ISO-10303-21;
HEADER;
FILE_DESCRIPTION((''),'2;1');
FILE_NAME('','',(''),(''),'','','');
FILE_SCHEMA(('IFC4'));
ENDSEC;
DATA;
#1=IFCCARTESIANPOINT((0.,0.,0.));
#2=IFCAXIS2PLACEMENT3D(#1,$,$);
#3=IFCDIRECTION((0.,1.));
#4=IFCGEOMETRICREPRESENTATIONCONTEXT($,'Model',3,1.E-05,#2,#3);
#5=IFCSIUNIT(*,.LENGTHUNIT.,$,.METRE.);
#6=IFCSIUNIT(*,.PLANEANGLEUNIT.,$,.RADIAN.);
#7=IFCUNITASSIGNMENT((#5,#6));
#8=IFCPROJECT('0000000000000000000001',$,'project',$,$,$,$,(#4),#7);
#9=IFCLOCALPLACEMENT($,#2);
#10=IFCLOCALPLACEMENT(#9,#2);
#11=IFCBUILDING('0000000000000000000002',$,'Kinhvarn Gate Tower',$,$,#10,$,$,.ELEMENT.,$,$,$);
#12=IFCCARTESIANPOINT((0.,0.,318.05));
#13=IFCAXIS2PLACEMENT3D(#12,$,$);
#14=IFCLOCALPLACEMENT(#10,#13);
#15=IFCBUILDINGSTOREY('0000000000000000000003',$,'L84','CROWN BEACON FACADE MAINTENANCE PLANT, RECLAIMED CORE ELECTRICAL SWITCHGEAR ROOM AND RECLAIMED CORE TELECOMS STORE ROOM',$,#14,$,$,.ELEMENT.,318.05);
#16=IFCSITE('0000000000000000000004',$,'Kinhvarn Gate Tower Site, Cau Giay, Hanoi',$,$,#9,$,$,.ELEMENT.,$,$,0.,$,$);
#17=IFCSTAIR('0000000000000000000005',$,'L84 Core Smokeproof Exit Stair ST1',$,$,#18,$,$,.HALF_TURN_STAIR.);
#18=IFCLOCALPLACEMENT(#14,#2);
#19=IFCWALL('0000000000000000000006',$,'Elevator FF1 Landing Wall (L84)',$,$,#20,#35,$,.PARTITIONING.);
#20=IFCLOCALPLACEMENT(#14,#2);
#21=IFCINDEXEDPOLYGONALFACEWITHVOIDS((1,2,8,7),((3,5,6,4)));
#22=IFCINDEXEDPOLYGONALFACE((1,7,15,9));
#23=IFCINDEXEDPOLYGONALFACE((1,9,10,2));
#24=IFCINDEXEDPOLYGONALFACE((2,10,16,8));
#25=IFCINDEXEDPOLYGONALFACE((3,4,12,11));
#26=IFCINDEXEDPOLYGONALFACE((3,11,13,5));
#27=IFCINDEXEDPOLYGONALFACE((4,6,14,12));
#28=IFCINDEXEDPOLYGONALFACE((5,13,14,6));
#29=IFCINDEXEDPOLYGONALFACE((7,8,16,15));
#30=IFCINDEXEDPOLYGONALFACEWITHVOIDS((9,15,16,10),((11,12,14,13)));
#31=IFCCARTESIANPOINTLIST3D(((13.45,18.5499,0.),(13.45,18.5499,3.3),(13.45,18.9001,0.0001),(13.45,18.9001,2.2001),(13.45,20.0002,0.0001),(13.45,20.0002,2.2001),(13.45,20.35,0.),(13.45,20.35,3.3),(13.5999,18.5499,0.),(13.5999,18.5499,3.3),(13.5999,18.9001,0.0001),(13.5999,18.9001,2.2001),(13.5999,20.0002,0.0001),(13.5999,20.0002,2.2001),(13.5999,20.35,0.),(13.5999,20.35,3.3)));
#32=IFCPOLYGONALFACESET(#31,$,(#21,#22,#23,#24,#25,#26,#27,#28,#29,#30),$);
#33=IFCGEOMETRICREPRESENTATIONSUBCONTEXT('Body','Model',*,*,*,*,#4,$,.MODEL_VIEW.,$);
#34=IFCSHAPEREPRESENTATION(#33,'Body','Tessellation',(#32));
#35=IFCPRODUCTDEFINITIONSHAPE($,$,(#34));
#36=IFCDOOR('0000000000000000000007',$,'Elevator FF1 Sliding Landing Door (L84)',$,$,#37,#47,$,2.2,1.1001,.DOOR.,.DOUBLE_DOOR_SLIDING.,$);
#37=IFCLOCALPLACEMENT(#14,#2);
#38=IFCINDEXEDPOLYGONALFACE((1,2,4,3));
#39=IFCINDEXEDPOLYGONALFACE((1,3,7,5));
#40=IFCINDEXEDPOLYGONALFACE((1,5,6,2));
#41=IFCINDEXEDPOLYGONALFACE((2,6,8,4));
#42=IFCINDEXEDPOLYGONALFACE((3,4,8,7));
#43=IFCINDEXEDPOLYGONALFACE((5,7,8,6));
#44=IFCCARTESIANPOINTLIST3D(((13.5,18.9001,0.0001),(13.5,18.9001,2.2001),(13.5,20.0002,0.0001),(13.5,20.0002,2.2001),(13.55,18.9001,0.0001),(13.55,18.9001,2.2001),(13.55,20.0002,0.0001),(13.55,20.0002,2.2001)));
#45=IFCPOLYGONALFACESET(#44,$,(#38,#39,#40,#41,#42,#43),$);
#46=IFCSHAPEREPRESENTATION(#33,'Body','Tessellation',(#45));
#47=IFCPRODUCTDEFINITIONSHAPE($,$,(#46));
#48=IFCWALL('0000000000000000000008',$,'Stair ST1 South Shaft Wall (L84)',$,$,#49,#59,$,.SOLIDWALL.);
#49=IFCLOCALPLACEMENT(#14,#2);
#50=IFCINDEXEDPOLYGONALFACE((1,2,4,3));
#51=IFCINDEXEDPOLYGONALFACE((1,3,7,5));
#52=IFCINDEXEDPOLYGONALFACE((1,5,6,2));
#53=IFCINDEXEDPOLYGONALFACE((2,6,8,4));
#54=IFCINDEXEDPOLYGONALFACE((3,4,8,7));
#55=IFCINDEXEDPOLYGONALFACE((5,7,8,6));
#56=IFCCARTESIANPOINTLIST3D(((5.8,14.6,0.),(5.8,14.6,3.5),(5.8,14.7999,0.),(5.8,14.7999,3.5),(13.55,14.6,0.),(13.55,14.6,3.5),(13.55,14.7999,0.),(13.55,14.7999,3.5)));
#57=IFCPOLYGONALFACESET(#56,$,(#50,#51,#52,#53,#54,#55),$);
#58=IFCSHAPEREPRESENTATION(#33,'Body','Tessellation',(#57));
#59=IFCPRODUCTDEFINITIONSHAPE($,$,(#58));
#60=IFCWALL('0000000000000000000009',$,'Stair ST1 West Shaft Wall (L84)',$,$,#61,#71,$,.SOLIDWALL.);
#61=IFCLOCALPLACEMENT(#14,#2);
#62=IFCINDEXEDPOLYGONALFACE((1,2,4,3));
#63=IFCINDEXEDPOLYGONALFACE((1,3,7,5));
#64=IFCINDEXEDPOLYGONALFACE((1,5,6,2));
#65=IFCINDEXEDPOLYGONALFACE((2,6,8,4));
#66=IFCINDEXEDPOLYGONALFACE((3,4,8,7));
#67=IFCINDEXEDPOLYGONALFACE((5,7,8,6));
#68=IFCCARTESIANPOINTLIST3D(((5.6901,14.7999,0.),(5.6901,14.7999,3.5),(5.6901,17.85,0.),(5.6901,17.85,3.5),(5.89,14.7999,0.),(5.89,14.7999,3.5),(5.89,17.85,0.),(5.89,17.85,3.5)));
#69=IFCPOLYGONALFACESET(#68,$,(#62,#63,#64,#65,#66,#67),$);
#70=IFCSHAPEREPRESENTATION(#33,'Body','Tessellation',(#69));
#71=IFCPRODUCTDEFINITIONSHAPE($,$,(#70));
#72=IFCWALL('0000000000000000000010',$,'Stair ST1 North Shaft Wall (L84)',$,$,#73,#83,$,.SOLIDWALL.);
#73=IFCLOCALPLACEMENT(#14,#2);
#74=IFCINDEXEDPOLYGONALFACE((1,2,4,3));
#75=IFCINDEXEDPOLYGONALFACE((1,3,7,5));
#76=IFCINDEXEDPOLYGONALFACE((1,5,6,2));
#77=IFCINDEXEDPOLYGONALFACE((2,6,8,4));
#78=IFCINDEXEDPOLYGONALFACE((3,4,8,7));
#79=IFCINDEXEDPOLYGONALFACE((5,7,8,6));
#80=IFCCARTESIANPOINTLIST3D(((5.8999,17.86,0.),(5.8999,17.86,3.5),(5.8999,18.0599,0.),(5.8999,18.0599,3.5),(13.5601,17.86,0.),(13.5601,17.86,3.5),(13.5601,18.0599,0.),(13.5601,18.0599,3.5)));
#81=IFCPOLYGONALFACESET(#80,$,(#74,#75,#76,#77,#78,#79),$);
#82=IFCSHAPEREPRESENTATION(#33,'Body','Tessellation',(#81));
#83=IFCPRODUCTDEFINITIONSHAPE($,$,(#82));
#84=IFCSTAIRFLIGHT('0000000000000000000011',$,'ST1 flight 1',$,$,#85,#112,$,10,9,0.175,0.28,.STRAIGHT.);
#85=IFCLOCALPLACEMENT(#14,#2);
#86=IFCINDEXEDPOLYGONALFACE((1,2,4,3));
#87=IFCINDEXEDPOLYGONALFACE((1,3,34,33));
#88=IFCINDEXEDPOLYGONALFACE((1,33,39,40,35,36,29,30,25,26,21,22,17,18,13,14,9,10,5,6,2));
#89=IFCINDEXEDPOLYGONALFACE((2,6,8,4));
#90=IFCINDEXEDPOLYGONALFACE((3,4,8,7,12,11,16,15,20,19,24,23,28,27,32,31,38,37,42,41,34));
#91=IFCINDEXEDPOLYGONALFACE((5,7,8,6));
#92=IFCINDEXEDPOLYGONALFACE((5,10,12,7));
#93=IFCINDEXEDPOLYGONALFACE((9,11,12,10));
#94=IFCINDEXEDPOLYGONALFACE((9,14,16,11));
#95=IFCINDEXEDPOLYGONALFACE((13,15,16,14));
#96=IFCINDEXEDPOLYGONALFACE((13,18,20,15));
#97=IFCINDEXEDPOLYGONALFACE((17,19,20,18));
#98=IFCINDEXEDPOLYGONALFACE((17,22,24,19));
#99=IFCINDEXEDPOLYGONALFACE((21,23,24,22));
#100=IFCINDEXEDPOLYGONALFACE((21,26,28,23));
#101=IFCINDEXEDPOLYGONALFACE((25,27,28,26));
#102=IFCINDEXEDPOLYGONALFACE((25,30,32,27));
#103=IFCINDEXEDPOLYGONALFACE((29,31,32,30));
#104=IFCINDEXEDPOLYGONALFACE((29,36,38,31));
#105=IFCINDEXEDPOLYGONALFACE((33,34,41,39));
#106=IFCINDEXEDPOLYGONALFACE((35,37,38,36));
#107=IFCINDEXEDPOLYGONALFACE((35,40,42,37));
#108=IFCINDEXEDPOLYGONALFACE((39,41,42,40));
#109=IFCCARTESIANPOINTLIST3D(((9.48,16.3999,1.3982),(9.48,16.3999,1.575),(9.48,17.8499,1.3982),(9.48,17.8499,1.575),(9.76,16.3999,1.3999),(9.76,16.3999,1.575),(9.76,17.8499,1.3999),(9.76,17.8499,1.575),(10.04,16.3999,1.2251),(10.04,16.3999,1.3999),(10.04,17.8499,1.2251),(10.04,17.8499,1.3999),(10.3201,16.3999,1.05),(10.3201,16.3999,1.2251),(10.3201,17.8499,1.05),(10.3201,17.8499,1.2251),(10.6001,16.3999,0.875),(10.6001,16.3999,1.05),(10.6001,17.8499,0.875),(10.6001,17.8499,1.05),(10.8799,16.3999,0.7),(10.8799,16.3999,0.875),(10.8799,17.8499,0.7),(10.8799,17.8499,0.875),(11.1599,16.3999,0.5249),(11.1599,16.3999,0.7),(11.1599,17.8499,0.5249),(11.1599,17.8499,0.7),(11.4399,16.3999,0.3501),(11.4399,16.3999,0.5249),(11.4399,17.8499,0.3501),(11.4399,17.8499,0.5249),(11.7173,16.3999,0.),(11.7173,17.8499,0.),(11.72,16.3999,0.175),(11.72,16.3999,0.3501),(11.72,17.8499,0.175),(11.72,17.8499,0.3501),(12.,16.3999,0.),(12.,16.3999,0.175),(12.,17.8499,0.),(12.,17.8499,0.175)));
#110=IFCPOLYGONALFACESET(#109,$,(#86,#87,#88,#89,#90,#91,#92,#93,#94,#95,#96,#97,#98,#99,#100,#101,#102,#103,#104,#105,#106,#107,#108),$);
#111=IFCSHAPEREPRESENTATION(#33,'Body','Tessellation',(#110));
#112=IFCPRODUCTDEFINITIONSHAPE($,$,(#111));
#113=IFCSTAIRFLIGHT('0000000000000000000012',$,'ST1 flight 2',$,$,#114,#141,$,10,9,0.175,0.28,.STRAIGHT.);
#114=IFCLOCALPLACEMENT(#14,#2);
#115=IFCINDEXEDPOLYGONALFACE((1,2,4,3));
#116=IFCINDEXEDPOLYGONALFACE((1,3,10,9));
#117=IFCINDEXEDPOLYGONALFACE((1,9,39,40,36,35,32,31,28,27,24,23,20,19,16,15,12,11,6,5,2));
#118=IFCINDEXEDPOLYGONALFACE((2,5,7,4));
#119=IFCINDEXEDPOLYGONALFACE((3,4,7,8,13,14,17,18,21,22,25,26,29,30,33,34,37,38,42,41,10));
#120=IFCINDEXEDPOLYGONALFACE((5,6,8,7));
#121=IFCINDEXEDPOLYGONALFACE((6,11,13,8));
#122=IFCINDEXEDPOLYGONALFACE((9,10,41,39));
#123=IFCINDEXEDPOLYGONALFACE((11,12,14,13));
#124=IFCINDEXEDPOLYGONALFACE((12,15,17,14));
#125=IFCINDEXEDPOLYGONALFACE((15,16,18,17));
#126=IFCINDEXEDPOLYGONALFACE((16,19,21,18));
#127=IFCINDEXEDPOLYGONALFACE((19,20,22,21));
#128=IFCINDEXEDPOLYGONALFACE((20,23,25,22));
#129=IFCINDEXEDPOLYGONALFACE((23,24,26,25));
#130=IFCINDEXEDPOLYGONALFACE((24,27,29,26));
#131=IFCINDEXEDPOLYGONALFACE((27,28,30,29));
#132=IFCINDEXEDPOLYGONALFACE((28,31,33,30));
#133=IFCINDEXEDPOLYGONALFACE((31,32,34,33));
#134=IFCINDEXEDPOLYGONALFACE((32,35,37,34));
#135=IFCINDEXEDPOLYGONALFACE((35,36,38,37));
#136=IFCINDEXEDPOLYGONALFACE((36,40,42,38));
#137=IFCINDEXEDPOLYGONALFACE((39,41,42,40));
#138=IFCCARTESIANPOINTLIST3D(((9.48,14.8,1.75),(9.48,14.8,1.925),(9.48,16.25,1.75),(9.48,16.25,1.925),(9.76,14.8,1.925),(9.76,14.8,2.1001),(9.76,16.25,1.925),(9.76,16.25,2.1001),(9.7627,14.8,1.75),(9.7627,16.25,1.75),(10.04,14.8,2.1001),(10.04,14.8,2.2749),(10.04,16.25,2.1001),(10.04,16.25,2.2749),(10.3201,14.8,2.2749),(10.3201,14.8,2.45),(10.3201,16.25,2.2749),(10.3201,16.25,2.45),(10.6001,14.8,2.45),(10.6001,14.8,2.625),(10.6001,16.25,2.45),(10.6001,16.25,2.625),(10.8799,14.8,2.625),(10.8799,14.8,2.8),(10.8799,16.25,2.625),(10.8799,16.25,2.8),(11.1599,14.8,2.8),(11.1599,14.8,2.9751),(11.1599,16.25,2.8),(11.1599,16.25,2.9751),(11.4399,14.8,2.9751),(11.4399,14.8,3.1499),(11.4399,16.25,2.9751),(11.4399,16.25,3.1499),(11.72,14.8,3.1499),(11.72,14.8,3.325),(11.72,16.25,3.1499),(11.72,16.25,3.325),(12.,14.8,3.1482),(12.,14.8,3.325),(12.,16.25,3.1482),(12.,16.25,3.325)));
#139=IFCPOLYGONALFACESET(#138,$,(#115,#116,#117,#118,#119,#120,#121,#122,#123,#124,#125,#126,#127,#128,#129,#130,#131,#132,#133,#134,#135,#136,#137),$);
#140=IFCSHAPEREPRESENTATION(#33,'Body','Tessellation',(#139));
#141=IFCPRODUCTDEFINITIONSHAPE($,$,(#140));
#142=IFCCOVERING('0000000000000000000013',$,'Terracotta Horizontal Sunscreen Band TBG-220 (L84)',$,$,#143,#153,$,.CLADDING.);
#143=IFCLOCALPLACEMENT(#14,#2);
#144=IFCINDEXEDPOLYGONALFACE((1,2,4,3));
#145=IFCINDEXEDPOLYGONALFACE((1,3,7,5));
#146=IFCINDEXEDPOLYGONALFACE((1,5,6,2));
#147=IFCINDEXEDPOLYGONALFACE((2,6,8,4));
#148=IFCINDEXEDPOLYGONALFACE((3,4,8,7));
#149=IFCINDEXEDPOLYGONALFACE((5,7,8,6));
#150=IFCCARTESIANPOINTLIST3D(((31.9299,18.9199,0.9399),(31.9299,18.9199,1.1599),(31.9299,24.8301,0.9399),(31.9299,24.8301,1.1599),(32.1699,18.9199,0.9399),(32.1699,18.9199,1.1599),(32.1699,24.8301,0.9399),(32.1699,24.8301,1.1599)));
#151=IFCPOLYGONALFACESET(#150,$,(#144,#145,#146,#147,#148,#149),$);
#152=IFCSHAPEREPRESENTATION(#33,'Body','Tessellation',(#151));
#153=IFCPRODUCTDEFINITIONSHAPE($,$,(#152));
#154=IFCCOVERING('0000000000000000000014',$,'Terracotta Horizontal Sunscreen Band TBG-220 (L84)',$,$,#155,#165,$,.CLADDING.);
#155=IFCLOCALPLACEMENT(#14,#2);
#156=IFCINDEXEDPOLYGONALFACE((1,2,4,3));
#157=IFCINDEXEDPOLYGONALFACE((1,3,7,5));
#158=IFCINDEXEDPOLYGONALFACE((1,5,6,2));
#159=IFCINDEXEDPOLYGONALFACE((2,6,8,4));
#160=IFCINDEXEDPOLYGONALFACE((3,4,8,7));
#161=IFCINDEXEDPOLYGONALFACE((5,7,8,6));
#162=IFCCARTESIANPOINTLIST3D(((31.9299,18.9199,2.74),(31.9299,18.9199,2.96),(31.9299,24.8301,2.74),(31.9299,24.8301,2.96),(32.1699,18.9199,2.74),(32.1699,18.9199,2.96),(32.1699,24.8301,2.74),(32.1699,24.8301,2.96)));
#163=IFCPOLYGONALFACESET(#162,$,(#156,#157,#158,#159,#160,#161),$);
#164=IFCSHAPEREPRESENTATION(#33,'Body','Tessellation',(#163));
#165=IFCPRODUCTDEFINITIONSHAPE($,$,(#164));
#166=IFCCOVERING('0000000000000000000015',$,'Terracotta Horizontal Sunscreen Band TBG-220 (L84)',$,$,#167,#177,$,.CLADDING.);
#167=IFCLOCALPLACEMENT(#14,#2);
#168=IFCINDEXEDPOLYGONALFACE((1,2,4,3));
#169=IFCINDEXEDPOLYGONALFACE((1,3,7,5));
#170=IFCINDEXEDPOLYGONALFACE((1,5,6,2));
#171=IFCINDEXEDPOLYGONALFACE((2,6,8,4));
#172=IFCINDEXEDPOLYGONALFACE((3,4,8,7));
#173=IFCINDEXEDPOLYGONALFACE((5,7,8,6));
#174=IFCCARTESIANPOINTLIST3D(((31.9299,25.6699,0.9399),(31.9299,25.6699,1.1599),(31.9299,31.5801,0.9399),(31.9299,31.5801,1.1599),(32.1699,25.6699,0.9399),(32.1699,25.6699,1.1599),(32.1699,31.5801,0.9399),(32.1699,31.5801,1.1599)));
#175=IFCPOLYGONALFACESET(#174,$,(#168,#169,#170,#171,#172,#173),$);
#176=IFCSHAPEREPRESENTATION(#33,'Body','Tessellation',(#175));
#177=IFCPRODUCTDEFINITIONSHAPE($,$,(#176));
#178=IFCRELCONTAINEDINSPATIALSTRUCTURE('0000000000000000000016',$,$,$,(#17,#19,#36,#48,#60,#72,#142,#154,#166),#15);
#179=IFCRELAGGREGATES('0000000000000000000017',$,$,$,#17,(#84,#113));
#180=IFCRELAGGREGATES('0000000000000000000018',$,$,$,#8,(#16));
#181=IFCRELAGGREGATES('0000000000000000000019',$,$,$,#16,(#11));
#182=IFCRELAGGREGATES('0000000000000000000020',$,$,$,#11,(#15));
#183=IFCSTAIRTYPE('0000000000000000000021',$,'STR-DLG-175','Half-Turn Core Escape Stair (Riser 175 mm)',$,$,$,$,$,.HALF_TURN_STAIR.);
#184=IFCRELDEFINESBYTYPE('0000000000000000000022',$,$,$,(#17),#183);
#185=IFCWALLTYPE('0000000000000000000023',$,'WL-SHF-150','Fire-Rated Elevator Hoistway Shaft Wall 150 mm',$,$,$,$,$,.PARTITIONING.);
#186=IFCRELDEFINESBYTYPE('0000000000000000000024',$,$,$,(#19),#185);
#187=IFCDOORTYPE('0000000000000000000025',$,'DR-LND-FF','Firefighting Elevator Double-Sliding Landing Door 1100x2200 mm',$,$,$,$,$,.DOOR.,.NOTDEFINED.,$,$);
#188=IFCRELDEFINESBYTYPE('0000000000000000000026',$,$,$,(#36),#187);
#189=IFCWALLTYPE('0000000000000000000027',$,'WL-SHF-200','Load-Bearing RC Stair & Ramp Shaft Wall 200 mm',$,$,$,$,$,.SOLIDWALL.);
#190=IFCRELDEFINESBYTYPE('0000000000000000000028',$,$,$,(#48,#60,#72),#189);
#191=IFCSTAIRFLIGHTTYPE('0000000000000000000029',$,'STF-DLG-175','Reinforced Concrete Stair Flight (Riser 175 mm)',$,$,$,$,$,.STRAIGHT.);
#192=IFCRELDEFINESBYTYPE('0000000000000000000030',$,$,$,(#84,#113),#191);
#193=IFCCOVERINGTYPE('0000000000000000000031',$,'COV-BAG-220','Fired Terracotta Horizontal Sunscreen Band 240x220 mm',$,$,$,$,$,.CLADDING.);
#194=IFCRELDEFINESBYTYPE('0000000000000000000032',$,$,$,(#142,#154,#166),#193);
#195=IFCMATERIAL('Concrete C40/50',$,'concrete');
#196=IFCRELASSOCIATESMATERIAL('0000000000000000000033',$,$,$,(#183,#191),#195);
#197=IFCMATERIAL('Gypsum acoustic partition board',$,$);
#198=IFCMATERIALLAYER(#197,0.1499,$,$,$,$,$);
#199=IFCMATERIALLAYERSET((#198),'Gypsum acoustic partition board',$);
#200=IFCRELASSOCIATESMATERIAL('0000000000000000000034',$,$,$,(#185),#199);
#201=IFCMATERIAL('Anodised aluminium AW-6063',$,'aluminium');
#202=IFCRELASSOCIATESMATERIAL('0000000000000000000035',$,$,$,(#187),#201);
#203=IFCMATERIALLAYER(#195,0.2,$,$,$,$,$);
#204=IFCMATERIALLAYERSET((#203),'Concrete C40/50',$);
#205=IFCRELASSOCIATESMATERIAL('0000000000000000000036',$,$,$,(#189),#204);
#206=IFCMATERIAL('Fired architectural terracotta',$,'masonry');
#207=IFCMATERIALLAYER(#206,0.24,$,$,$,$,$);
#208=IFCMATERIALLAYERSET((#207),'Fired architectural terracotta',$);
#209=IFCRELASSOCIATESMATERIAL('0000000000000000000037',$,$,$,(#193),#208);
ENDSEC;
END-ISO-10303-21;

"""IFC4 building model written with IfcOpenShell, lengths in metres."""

from ifc_helpers import new_model, si_unit, direction, frame, frame_2d, origin, place, context, subcontext, project, spatial, polyline, rectangle, outline, extrude, material, layer, layer_set, type_object, element, fill, aggregate, save


model = new_model("IFC4")

# Units and contexts
model_context = context("Model", 3, precision=1e-05, world=origin(), true_north=direction((0.0, 1.0)))
body_context = subcontext(model_context, "Body", "Model", "MODEL_VIEW")
ifc_project = project(units=[si_unit("LENGTHUNIT", "METRE"), si_unit("PLANEANGLEUNIT", "RADIAN")], contexts=[model_context])

# Site, building, storey
site_placement = place(None, origin())
site = spatial("IfcSite", under=ifc_project, at=site_placement, Name="Kinhvarn Gate Tower Site, Cau Giay, Hanoi", CompositionType="ELEMENT", RefElevation=0.0)
building_placement = place(site_placement, origin())
building = spatial("IfcBuilding", under=site, at=building_placement, Name="Kinhvarn Gate Tower", CompositionType="ELEMENT")
storey_placement = place(building_placement, frame((0.0, 0.0, 318.05)))
storey = spatial("IfcBuildingStorey", under=building, at=storey_placement, Name="L84", Description="CROWN BEACON FACADE MAINTENANCE PLANT, RECLAIMED CORE ELECTRICAL SWITCHGEAR ROOM AND RECLAIMED CORE TELECOMS STORE ROOM", CompositionType="ELEMENT", Elevation=318.05)

# Stair
ifc_material_1 = material(Name="Concrete C40/50", Category="concrete")
stair_type = type_object("IfcStairType", Name="STR-DLG-175", Description="Half-Turn Core Escape Stair (Riser 175 mm)", PredefinedType="HALF_TURN_STAIR", material=ifc_material_1)
stair_1_placement = place(storey_placement, origin())
stair_1 = element("IfcStair", 1, at=stair_1_placement, inside=storey, type_object=stair_type, Name="L84 Core Smokeproof Exit Stair ST1", PredefinedType="HALF_TURN_STAIR")

# Shared definitions
ifc_material_2 = material(Name="Fired architectural terracotta", Category="masonry")
ifc_material_3 = material(Name="Gypsum acoustic partition board")
ifc_layer_1 = layer(ifc_material_3, 0.1499)
ifc_layer_set_1 = layer_set([ifc_layer_1], Name="Gypsum acoustic partition board")
wall_type_1 = type_object("IfcWallType", Name="WL-SHF-150", Description="Fire-Rated Elevator Hoistway Shaft Wall 150 mm", PredefinedType="PARTITIONING", material=ifc_layer_set_1)

# Wall, opening, door
wall_1_placement = place(storey_placement, frame((13.5249, 18.55, 0.0), z_axis=(0.0, 0.0, 1.0), x_axis=(0.0, 1.0, 0.0)))
wall_1 = element("IfcWall", 2, at=wall_1_placement, inside=storey, type_object=wall_type_1, Name="Elevator FF1 Landing Wall (L84)", PredefinedType="PARTITIONING", context=body_context, shape_type="SweptSolid", body=[
    extrude(rectangle(XDim=1.8, YDim=0.1499, at=frame_2d((0.8999, 0.0))), origin(), (0.0, 0.0, 1.0), 3.3),
])
opening_placement = place(wall_1_placement, frame((0.3501, 0.0, 0.0)))
opening = element("IfcOpeningElement", 3, at=opening_placement, cuts=wall_1, PredefinedType="OPENING", context=body_context, shape_type="SweptSolid", body=[
    extrude(rectangle(XDim=1.1001, YDim=2.2, at=frame_2d((0.55, 1.1001))), frame((0.0, 0.085, 0.0), z_axis=(0.0, -1.0, 0.0), x_axis=(1.0, 0.0, 0.0)), (0.0, 0.0, 1.0), 0.1699),
])
ifc_material_4 = material(Name="Anodised aluminium AW-6063", Category="aluminium")
door_type = type_object("IfcDoorType", Name="DR-LND-FF", Description="Firefighting Elevator Double-Sliding Landing Door 1100x2200 mm", OperationType="NOTDEFINED", PredefinedType="DOOR", material=ifc_material_4)
door_placement = place(opening_placement, origin())
door = element("IfcDoor", 4, at=door_placement, inside=storey, type_object=door_type, Name="Elevator FF1 Sliding Landing Door (L84)", OperationType="DOUBLE_DOOR_SLIDING", OverallHeight=2.2, OverallWidth=1.1001, PredefinedType="DOOR", context=body_context, shape_type="SweptSolid", body=[
    extrude(rectangle(XDim=1.1001, YDim=2.2, at=frame_2d((0.55, 1.1001))), frame((0.0, 0.0249, 0.0), z_axis=(0.0, -1.0, 0.0), x_axis=(1.0, 0.0, 0.0)), (0.0, 0.0, 1.0), 0.05),
])
fill(opening, door)

# Walls
ifc_layer_2 = layer(ifc_material_1, 0.2)
ifc_layer_set_2 = layer_set([ifc_layer_2], Name="Concrete C40/50")
wall_type_2 = type_object("IfcWallType", Name="WL-SHF-200", Description="Load-Bearing RC Stair & Ramp Shaft Wall 200 mm", PredefinedType="SOLIDWALL", material=ifc_layer_set_2)
wall_2_placement = place(storey_placement, frame((5.8, 14.7, 0.0), z_axis=(0.0, 0.0, 1.0), x_axis=(1.0, 0.0, 0.0)))
element("IfcWall", 5, at=wall_2_placement, inside=storey, type_object=wall_type_2, Name="Stair ST1 South Shaft Wall (L84)", PredefinedType="SOLIDWALL", context=body_context, shape_type="SweptSolid", body=[
    extrude(rectangle(XDim=7.75, YDim=0.2, at=frame_2d((3.875, 0.0))), origin(), (0.0, 0.0, 1.0), 3.5),
])
wall_3_placement = place(storey_placement, frame((5.79, 14.8, 0.0), z_axis=(0.0, 0.0, 1.0), x_axis=(0.0, 1.0, 0.0)))
element("IfcWall", 6, at=wall_3_placement, inside=storey, type_object=wall_type_2, Name="Stair ST1 West Shaft Wall (L84)", PredefinedType="SOLIDWALL", context=body_context, shape_type="SweptSolid", body=[
    extrude(rectangle(XDim=3.05, YDim=0.2, at=frame_2d((1.5249, 0.0))), origin(), (0.0, 0.0, 1.0), 3.5),
])
wall_4_placement = place(storey_placement, frame((5.8999, 17.96, 0.0), z_axis=(0.0, 0.0, 1.0), x_axis=(1.0, 0.0, 0.0)))
element("IfcWall", 7, at=wall_4_placement, inside=storey, type_object=wall_type_2, Name="Stair ST1 North Shaft Wall (L84)", PredefinedType="SOLIDWALL", context=body_context, shape_type="SweptSolid", body=[
    extrude(rectangle(XDim=7.6602, YDim=0.2, at=frame_2d((3.8301, 0.0))), origin(), (0.0, 0.0, 1.0), 3.5),
])

# Stair flights
stair_flight_type = type_object("IfcStairFlightType", Name="STF-DLG-175", Description="Reinforced Concrete Stair Flight (Riser 175 mm)", PredefinedType="STRAIGHT", material=ifc_material_1)
stair_flight_1_placement = place(storey_placement, frame((12.0, 17.125, 0.0), z_axis=(0.0, 0.0, 1.0), x_axis=(-1.0, 0.0, 0.0)))
stair_flight_1 = element("IfcStairFlight", 8, at=stair_flight_1_placement, type_object=stair_flight_type, Name="ST1 flight 1", NumberOfRisers=10, NumberOfTreads=9, PredefinedType="STRAIGHT", RiserHeight=0.175, TreadLength=0.28, context=body_context, shape_type="SweptSolid", body=[
    extrude(outline(polyline([(0.0, 0.0), (0.0, 0.175), (0.28, 0.175), (0.28, 0.3501), (0.5601, 0.3501), (0.5601, 0.5249), (0.8401, 0.5249), (0.8401, 0.7), (1.1201, 0.7), (1.1201, 0.875), (1.3999, 0.875), (1.3999, 1.05), (1.6799, 1.05), (1.6799, 1.2251), (1.96, 1.2251), (1.96, 1.3999), (2.24, 1.3999), (2.24, 1.575), (2.52, 1.575), (2.52, 1.75), (2.52, 1.3982), (0.2827, 0.0), (0.0, 0.0)])), frame((0.0, 0.7251, 0.0), z_axis=(0.0, -1.0, 0.0), x_axis=(1.0, 0.0, 0.0)), (0.0, 0.0, 1.0), 1.45),
])
stair_flight_2_placement = place(storey_placement, frame((9.48, 15.5249, 1.75), z_axis=(0.0, 0.0, 1.0), x_axis=(1.0, 0.0, 0.0)))
stair_flight_2 = element("IfcStairFlight", 9, at=stair_flight_2_placement, type_object=stair_flight_type, Name="ST1 flight 2", NumberOfRisers=10, NumberOfTreads=9, PredefinedType="STRAIGHT", RiserHeight=0.175, TreadLength=0.28, context=body_context, shape_type="SweptSolid", body=[
    extrude(outline(polyline([(0.0, 0.0), (0.0, 0.175), (0.28, 0.175), (0.28, 0.3501), (0.5601, 0.3501), (0.5601, 0.5249), (0.8401, 0.5249), (0.8401, 0.7), (1.1201, 0.7), (1.1201, 0.875), (1.3999, 0.875), (1.3999, 1.05), (1.6799, 1.05), (1.6799, 1.2251), (1.96, 1.2251), (1.96, 1.3999), (2.24, 1.3999), (2.24, 1.575), (2.52, 1.575), (2.52, 1.75), (2.52, 1.3982), (0.2827, 0.0), (0.0, 0.0)])), frame((0.0, 0.7251, 0.0), z_axis=(0.0, -1.0, 0.0), x_axis=(1.0, 0.0, 0.0)), (0.0, 0.0, 1.0), 1.45),
])
aggregate(stair_1, [stair_flight_1, stair_flight_2])

# Coverings
ifc_layer_3 = layer(ifc_material_2, 0.24)
ifc_layer_set_3 = layer_set([ifc_layer_3], Name="Fired architectural terracotta")
covering_type_1 = type_object("IfcCoveringType", Name="COV-BAG-220", Description="Fired Terracotta Horizontal Sunscreen Band 240x220 mm", PredefinedType="CLADDING", material=ifc_layer_set_3)
for number, where, name in (
    (10, (0.0, 0.0, 0.9399), "Terracotta Horizontal Sunscreen Band TBG-220 (L84)"),
    (11, (0.0, 0.0, 2.74), "Terracotta Horizontal Sunscreen Band TBG-220 (L84)"),
):
    element("IfcCovering", number, at=place(storey_placement, frame(where)), inside=storey, type_object=covering_type_1, Name=name, PredefinedType="CLADDING", context=body_context, shape_type="SweptSolid", body=[
        extrude(outline(polyline([(31.9299, 18.9199), (31.9299, 24.8301), (32.1699, 24.8301), (32.1699, 18.9199), (31.9299, 18.9199)])), origin(), (0.0, 0.0, 1.0), 0.22),
    ])
for number, where, name in (
    (12, (0.0, 0.0, 0.9399), "Terracotta Horizontal Sunscreen Band TBG-220 (L84)"),
):
    element("IfcCovering", number, at=place(storey_placement, frame(where)), inside=storey, type_object=covering_type_1, Name=name, PredefinedType="CLADDING", context=body_context, shape_type="SweptSolid", body=[
        extrude(outline(polyline([(31.9299, 25.6699), (31.9299, 31.5801), (32.1699, 31.5801), (32.1699, 25.6699), (31.9299, 25.6699)])), origin(), (0.0, 0.0, 1.0), 0.22),
    ])

save(model, "model.ifc")
